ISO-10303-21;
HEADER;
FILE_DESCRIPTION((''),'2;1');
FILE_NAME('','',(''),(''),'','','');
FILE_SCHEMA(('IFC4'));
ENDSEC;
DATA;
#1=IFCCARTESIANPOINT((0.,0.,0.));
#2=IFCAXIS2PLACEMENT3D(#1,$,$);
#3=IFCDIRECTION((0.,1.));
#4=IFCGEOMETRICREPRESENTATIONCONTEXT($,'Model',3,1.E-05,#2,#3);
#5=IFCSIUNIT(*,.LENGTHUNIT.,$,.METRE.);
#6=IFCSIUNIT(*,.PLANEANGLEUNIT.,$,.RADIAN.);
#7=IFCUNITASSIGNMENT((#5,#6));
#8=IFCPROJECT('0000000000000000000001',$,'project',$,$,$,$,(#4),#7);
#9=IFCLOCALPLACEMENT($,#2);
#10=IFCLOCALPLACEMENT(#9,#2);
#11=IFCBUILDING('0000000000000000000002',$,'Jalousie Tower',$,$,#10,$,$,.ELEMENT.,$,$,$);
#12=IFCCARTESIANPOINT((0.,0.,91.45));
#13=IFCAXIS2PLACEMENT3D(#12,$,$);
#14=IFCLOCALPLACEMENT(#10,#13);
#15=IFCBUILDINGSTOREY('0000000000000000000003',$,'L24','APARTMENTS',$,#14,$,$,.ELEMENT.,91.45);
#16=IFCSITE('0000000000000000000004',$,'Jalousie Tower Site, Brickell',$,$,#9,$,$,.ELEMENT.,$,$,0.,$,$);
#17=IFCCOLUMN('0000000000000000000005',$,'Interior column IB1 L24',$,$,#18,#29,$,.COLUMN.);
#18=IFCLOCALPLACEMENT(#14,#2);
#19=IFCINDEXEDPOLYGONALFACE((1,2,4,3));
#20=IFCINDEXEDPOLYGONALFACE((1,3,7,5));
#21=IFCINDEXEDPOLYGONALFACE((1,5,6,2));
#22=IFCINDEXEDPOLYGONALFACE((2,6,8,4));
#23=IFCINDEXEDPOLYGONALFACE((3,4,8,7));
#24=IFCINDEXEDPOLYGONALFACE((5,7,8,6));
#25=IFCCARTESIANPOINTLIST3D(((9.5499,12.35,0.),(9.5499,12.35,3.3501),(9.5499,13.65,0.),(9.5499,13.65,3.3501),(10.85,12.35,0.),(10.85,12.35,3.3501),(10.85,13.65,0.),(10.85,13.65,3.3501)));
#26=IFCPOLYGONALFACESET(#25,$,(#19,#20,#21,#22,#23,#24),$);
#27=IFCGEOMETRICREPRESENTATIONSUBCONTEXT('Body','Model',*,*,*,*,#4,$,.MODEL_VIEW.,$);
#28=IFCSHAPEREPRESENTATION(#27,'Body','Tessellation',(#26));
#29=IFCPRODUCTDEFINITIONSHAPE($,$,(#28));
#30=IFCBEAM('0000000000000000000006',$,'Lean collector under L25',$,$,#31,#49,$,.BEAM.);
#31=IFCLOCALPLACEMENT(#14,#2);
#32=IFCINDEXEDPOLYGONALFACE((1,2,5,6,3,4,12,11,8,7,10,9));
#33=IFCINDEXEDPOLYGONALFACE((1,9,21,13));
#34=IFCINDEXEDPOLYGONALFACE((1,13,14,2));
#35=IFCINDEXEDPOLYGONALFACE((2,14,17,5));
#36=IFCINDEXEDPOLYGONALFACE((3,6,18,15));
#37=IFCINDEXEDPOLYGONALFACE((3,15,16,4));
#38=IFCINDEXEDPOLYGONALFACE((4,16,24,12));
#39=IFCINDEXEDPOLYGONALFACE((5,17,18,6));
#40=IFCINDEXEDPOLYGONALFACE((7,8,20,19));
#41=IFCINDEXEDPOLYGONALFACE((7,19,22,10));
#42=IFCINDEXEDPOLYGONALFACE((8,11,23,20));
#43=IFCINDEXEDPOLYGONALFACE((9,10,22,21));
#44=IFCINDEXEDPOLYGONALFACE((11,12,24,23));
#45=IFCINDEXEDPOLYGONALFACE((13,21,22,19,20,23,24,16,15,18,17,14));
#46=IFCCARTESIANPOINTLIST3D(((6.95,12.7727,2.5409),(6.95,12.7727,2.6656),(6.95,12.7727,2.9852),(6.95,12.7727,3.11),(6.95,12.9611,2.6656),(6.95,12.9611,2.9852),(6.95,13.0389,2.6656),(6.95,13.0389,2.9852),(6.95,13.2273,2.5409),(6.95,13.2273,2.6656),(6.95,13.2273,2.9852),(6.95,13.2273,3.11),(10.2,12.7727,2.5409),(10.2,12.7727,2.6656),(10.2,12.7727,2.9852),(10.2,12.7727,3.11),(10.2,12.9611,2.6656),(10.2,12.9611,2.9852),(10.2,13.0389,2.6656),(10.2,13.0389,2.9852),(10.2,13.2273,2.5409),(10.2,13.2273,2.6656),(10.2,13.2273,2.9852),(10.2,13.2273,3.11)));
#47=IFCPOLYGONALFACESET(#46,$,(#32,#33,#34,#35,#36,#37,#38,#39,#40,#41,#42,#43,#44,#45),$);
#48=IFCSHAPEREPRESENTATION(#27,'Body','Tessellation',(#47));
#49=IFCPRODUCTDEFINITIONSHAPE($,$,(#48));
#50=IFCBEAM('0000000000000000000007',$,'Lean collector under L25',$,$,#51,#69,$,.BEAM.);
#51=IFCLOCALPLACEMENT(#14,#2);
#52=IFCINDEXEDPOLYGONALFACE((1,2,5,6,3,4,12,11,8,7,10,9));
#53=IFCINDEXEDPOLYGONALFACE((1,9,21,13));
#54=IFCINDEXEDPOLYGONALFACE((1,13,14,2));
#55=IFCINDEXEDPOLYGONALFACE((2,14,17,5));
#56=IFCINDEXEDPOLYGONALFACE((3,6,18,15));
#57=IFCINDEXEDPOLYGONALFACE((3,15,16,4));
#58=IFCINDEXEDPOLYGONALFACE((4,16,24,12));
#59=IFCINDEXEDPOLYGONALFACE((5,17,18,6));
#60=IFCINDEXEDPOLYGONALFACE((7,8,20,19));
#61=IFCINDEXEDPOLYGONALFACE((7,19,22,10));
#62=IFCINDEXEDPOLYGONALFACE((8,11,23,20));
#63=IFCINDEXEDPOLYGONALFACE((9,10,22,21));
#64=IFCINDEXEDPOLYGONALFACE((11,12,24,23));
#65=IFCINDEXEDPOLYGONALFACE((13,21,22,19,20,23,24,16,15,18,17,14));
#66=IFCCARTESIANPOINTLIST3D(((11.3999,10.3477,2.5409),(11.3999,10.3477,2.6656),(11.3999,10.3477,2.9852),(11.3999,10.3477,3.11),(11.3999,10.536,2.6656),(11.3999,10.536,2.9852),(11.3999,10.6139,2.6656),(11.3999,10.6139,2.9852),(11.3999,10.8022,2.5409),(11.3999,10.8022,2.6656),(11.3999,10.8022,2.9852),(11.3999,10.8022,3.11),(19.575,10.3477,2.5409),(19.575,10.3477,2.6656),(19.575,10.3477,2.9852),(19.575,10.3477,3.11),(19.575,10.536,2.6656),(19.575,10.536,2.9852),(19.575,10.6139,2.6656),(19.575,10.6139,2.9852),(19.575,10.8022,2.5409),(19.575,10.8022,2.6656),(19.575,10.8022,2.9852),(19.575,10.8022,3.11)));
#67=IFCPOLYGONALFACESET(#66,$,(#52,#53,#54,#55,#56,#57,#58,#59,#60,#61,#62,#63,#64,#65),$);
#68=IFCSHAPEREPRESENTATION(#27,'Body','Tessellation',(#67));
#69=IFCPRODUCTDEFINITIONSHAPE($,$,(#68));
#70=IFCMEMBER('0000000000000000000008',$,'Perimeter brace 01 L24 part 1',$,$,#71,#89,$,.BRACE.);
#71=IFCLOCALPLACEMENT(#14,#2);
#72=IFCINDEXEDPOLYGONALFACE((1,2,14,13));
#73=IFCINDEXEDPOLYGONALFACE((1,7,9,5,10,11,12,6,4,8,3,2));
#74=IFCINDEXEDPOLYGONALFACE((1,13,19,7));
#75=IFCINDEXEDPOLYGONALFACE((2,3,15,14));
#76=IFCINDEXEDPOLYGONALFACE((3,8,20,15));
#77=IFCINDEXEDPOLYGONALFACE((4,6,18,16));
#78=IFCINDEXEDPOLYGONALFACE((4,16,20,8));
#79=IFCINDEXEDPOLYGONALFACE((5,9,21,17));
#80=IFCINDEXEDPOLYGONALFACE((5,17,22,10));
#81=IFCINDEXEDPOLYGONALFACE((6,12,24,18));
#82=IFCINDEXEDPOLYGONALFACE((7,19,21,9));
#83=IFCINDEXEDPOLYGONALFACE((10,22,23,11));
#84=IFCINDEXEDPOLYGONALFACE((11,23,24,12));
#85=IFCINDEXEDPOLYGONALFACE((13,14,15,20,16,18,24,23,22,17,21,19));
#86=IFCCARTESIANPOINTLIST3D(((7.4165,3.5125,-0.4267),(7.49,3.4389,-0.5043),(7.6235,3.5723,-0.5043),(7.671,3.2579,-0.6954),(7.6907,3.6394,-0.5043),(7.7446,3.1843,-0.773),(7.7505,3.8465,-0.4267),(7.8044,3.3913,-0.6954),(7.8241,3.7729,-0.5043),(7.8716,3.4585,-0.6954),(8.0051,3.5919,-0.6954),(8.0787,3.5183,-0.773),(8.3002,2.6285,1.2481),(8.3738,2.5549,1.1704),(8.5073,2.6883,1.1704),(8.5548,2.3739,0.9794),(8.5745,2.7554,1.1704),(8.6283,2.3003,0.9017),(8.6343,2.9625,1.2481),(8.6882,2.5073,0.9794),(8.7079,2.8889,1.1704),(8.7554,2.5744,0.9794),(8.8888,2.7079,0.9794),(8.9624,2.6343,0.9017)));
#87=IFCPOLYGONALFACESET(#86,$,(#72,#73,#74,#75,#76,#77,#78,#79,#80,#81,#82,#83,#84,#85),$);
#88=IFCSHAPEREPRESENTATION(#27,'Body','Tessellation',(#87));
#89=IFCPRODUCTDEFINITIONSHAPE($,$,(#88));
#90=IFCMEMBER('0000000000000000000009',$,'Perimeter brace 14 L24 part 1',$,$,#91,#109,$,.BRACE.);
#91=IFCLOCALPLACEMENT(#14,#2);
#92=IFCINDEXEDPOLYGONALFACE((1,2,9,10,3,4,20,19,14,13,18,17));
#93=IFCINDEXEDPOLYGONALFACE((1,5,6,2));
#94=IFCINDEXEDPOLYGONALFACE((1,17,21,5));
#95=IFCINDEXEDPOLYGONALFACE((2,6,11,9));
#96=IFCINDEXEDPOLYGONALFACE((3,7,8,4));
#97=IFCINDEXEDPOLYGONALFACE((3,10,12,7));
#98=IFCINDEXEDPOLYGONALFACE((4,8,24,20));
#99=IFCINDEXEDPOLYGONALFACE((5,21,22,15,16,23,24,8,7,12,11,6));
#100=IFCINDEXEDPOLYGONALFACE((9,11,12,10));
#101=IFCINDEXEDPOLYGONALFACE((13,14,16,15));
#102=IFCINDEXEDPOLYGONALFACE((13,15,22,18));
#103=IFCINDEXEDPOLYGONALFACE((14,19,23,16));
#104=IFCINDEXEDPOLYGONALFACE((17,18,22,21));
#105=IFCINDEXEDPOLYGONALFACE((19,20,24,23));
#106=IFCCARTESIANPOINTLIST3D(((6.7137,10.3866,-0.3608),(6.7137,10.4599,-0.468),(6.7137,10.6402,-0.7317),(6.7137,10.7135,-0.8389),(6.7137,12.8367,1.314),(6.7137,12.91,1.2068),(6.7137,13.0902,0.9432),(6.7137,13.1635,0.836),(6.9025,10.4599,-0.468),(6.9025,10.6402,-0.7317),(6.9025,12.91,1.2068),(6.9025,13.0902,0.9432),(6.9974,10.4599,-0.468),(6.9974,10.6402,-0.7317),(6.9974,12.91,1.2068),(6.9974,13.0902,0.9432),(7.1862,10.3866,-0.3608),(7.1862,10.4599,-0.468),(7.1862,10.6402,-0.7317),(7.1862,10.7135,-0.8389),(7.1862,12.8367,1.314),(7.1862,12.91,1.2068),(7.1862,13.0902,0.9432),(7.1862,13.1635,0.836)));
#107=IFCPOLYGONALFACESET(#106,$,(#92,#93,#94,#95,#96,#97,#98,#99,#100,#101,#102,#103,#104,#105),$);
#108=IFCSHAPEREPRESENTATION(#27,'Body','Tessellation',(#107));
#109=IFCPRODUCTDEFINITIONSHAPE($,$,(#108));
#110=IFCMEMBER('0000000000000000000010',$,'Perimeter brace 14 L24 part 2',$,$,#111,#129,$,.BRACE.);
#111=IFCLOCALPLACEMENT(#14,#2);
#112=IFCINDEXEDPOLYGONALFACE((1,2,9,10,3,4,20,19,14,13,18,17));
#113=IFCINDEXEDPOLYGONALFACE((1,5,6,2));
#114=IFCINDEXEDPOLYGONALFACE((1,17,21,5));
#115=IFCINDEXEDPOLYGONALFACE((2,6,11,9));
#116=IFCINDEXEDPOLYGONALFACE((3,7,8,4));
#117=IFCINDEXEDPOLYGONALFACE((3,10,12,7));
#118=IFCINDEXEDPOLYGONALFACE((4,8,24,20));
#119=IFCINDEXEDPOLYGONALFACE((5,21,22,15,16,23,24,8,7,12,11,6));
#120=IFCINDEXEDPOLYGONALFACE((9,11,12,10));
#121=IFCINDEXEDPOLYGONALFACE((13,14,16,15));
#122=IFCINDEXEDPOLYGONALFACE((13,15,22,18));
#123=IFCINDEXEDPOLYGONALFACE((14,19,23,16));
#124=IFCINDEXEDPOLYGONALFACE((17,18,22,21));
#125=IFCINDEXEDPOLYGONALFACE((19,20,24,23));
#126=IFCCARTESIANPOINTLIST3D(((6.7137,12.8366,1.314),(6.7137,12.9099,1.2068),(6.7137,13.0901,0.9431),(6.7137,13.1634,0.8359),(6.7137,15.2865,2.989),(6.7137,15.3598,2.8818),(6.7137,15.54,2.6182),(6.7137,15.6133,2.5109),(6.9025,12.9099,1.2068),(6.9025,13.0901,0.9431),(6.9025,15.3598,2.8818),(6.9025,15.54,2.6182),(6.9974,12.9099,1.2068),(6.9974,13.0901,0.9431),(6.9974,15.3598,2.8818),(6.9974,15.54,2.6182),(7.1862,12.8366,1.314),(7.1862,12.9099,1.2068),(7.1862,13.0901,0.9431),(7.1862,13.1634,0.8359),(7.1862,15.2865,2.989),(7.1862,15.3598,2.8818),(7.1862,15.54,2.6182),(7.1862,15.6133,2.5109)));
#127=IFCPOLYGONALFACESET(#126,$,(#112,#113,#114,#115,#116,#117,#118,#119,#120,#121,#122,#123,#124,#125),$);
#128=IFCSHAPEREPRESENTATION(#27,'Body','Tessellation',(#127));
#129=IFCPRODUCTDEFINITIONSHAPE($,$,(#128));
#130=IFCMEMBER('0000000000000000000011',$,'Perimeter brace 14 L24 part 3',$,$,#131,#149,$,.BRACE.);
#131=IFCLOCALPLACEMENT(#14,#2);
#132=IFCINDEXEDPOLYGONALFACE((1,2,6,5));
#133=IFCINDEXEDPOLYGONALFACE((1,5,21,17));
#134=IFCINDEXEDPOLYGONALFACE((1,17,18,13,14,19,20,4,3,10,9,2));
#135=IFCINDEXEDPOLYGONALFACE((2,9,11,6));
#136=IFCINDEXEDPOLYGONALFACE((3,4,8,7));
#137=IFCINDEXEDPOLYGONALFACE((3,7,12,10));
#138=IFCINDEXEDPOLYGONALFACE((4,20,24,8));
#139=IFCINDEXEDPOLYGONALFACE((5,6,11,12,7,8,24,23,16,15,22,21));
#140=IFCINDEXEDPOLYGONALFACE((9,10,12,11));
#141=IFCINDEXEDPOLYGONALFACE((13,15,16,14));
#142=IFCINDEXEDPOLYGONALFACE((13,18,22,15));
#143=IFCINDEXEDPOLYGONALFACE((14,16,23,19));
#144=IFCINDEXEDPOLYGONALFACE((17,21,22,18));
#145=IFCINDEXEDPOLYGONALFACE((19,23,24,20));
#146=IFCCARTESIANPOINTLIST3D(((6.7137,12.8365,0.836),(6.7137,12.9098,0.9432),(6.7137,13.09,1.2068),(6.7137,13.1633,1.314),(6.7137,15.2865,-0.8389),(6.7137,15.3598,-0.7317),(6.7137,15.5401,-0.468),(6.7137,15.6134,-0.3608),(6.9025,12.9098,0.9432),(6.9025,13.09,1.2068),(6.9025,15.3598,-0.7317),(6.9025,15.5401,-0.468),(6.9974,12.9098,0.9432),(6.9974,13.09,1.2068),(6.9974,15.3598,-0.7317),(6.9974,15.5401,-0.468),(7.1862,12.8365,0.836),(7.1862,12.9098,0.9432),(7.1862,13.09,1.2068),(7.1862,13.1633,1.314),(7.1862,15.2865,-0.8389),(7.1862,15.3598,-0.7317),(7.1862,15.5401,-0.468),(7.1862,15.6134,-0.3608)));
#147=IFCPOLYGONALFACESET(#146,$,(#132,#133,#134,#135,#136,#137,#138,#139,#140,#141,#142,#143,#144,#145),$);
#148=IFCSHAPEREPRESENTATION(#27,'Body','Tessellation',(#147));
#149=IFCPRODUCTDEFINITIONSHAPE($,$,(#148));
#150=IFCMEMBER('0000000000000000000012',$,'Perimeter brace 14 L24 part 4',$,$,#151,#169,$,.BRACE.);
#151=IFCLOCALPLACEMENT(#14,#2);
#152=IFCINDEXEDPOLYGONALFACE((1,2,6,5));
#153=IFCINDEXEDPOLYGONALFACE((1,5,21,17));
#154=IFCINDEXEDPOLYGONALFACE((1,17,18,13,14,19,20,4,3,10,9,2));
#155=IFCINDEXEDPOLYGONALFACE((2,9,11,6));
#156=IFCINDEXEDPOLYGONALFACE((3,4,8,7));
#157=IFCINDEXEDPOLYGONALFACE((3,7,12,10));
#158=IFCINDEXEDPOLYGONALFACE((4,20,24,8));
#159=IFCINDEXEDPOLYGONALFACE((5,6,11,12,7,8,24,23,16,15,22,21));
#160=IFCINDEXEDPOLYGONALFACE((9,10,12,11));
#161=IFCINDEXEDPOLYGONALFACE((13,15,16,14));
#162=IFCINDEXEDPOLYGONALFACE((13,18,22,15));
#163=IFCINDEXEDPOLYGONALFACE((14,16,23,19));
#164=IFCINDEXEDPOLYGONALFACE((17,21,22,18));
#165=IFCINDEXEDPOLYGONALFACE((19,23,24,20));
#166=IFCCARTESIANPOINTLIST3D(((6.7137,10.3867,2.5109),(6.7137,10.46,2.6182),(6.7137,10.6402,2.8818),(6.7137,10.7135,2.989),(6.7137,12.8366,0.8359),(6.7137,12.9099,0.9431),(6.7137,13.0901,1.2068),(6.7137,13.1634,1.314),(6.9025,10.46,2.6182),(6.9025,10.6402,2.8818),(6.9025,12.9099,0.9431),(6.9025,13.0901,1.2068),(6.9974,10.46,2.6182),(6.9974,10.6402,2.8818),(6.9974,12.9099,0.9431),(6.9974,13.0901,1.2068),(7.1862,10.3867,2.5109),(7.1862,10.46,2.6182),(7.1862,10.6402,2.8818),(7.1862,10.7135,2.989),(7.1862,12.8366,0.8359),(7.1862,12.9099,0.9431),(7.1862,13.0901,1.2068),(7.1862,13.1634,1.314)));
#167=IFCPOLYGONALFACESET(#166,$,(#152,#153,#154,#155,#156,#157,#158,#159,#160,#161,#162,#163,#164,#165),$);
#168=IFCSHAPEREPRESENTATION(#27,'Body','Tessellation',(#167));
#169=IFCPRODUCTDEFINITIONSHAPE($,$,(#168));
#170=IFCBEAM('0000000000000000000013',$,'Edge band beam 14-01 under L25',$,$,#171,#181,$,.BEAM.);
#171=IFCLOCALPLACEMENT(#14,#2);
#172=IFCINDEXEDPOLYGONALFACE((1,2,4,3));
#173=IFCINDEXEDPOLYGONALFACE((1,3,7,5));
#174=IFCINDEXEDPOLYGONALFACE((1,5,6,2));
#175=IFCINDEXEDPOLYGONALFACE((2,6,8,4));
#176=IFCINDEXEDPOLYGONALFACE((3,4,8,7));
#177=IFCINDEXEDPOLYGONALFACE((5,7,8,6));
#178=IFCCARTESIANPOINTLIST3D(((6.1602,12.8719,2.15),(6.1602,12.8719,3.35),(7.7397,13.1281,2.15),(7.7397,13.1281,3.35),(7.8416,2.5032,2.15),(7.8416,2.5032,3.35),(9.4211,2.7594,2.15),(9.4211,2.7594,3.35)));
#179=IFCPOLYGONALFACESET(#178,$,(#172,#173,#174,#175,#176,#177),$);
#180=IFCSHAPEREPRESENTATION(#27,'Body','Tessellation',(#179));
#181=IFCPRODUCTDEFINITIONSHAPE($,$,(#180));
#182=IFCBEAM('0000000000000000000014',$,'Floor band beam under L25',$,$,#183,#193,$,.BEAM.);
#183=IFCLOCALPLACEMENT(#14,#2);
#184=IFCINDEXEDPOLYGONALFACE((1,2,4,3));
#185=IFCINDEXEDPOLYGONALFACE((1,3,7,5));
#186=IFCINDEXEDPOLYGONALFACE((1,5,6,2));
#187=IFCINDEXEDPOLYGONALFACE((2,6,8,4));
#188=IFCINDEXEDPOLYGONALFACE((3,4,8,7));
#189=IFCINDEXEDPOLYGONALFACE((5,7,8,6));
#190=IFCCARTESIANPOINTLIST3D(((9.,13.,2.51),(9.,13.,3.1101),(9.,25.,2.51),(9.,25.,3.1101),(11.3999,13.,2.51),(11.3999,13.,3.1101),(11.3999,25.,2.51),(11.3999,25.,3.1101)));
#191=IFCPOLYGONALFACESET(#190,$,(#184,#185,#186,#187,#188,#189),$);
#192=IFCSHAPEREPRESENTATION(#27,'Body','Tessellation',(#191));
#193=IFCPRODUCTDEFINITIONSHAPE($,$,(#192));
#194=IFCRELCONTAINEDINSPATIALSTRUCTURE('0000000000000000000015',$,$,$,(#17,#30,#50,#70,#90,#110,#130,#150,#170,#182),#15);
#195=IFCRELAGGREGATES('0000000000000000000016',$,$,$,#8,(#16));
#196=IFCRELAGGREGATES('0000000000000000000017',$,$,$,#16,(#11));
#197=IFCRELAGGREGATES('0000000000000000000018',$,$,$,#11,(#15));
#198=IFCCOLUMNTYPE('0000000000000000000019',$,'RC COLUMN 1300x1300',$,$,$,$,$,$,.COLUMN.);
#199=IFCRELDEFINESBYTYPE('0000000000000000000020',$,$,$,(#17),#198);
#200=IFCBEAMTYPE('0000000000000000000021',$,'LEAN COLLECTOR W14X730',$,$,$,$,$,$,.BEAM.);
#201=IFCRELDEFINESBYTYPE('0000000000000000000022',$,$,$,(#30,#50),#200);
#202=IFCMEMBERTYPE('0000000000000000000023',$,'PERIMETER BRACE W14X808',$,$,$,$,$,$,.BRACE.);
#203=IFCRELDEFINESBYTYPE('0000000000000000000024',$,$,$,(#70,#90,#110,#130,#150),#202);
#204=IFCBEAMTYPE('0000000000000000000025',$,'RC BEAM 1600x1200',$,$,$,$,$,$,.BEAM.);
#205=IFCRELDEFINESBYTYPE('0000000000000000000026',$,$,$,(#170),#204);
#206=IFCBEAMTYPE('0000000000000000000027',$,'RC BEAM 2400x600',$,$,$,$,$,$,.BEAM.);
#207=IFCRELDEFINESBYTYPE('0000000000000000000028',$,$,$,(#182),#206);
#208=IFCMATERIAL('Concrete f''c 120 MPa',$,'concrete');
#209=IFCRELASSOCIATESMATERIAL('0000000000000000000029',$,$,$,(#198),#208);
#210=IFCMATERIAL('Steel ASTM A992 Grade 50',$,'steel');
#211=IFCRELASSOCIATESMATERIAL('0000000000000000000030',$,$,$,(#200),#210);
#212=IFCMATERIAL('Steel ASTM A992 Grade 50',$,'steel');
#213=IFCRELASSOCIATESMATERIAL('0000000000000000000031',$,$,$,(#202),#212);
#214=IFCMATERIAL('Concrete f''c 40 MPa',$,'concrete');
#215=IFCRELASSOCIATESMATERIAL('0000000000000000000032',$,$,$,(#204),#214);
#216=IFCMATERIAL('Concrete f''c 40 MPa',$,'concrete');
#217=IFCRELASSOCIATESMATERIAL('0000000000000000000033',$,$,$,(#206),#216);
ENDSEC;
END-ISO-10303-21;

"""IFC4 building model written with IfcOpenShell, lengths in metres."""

from ifc_helpers import new_model, si_unit, direction, frame, origin, origin_2d, place, context, subcontext, project, spatial, rectangle, i_section, extrude, material, material_profile, profile_set, type_object, element, save


model = new_model("IFC4")

# Units and contexts
model_context = context("Model", 3, precision=1e-05, world=origin(), true_north=direction((0.0, 1.0)))
body_context = subcontext(model_context, "Body", "Model", "MODEL_VIEW")
ifc_project = project(units=[si_unit("LENGTHUNIT", "METRE"), si_unit("PLANEANGLEUNIT", "RADIAN")], contexts=[model_context])

# Site, building, storey
site_placement = place(None, origin())
site = spatial("IfcSite", under=ifc_project, at=site_placement, Name="Jalousie Tower Site, Brickell", CompositionType="ELEMENT", RefElevation=0.0)
building_placement = place(site_placement, origin())
building = spatial("IfcBuilding", under=site, at=building_placement, Name="Jalousie Tower", CompositionType="ELEMENT")
storey_placement = place(building_placement, frame((0.0, 0.0, 91.45)))
storey = spatial("IfcBuildingStorey", under=building, at=storey_placement, Name="L24", Description="APARTMENTS", CompositionType="ELEMENT", Elevation=91.45)

# Column
ifc_material_1 = material(Name="Concrete f'c 120 MPa", Category="concrete")
ifc_material_profile_1 = material_profile(ifc_material_1, rectangle(XDim=1.3, YDim=1.3, at=origin_2d()), Name="RC 1300x1300")
ifc_profile_set_1 = profile_set([ifc_material_profile_1], Name="Concrete f'c 120 MPa")
column_type = type_object("IfcColumnType", Name="RC COLUMN 1300x1300", PredefinedType="COLUMN", material=ifc_profile_set_1)
column_placement = place(storey_placement, frame((10.2, 13.0, 0.0), z_axis=(0.0, 0.0, 1.0), x_axis=(1.0, 0.0, 0.0)))
element("IfcColumn", 1, at=column_placement, inside=storey, type_object=column_type, Name="Interior column IB1 L24", PredefinedType="COLUMN", context=body_context, shape_type="SweptSolid", body=[
    extrude(rectangle(XDim=1.3, YDim=1.3, at=origin_2d()), origin(), (0.0, 0.0, 1.0), 3.3501),
])

# Beams
ifc_material_2 = material(Name="Steel ASTM A992 Grade 50", Category="steel")
ifc_material_profile_2 = material_profile(ifc_material_2, i_section(OverallWidth=0.4546, OverallDepth=0.5691, WebThickness=0.0779, FlangeThickness=0.1248, at=origin_2d()), Name="W14X730")
ifc_profile_set_2 = profile_set([ifc_material_profile_2], Name="Steel ASTM A992 Grade 50")
beam_type_1 = type_object("IfcBeamType", Name="LEAN COLLECTOR W14X730", PredefinedType="BEAM", material=ifc_profile_set_2)
beam_1_placement = place(storey_placement, frame((6.95, 13.0, 2.8254), z_axis=(1.0, 0.0, 0.0), x_axis=(0.0, 1.0, 0.0)))
element("IfcBeam", 2, at=beam_1_placement, inside=storey, type_object=beam_type_1, Name="Lean collector under L25", PredefinedType="BEAM", context=body_context, shape_type="SweptSolid", body=[
    extrude(i_section(OverallWidth=0.4546, OverallDepth=0.5691, WebThickness=0.0779, FlangeThickness=0.1248, at=origin_2d()), origin(), (0.0, 0.0, 1.0), 3.25),
])
beam_2_placement = place(storey_placement, frame((11.3999, 10.575, 2.8254), z_axis=(1.0, 0.0, 0.0), x_axis=(0.0, 1.0, 0.0)))
element("IfcBeam", 3, at=beam_2_placement, inside=storey, type_object=beam_type_1, Name="Lean collector under L25", PredefinedType="BEAM", context=body_context, shape_type="SweptSolid", body=[
    extrude(i_section(OverallWidth=0.4546, OverallDepth=0.5691, WebThickness=0.0779, FlangeThickness=0.1248, at=origin_2d()), origin(), (0.0, 0.0, 1.0), 8.175),
])

# Members
ifc_material_3 = material(Name="Steel ASTM A992 Grade 50", Category="steel")
ifc_material_profile_3 = material_profile(ifc_material_3, i_section(OverallWidth=0.4724, OverallDepth=0.5791, WebThickness=0.095, FlangeThickness=0.1299, at=origin_2d()), Name="W14X808")
ifc_profile_set_3 = profile_set([ifc_material_profile_3], Name="Steel ASTM A992 Grade 50")
member_type_1 = type_object("IfcMemberType", Name="PERIMETER BRACE W14X808", PredefinedType="BRACE", material=ifc_profile_set_3)
member_1_placement = place(storey_placement, frame((7.7476, 3.5154, -0.5999), z_axis=(0.422891, -0.423008, 0.801391), x_axis=(0.707204, 0.707009, 0.0)))
element("IfcMember", 4, at=member_1_placement, inside=storey, type_object=member_type_1, Name="Perimeter brace 01 L24 part 1", PredefinedType="BRACE", context=body_context, shape_type="SweptSolid", body=[
    extrude(i_section(OverallWidth=0.4724, OverallDepth=0.5791, WebThickness=0.095, FlangeThickness=0.1299, at=origin_2d()), origin(), (0.0, 0.0, 1.0), 2.0898),
])
for number, where, z_axis, x_axis, name in (
    (5, (6.95, 10.55, -0.5999), (0.0, 0.825539, 0.564345), (-1.0, 0.0, 0.0), "Perimeter brace 14 L24 part 1"),
    (6, (6.95, 13.0, 1.075), (0.0, 0.825501, 0.564401), (-1.0, 0.0, 0.0), "Perimeter brace 14 L24 part 2"),
    (7, (6.95, 15.45, -0.5999), (0.0, -0.825539, 0.564345), (1.0, 0.0, 0.0), "Perimeter brace 14 L24 part 3"),
    (8, (6.95, 13.0, 1.075), (0.0, -0.825501, 0.564401), (1.0, 0.0, 0.0), "Perimeter brace 14 L24 part 4"),
):
    element("IfcMember", number, at=place(storey_placement, frame(where, z_axis=z_axis, x_axis=x_axis)), inside=storey, type_object=member_type_1, Name=name, PredefinedType="BRACE", context=body_context, shape_type="SweptSolid", body=[
        extrude(i_section(OverallWidth=0.4724, OverallDepth=0.5791, WebThickness=0.095, FlangeThickness=0.1299, at=origin_2d()), origin(), (0.0, 0.0, 1.0), 2.9678),
    ])

# Beams
ifc_material_4 = material(Name="Concrete f'c 40 MPa", Category="concrete")
ifc_material_profile_4 = material_profile(ifc_material_4, rectangle(XDim=1.6001, YDim=1.2, at=origin_2d()), Name="RC 1600x1200")
ifc_profile_set_4 = profile_set([ifc_material_profile_4], Name="Concrete f'c 40 MPa")
beam_type_2 = type_object("IfcBeamType", Name="RC BEAM 1600x1200", PredefinedType="BEAM", material=ifc_profile_set_4)
beam_3_placement = place(storey_placement, frame((6.95, 13.0, 2.75), z_axis=(0.160071, -0.987106, 0.0), x_axis=(0.987106, 0.160071, 0.0)))
element("IfcBeam", 9, at=beam_3_placement, inside=storey, type_object=beam_type_2, Name="Edge band beam 14-01 under L25", PredefinedType="BEAM", context=body_context, shape_type="SweptSolid", body=[
    extrude(rectangle(XDim=1.6001, YDim=1.2, at=origin_2d()), origin(), (0.0, 0.0, 1.0), 10.5042),
])
ifc_material_5 = material(Name="Concrete f'c 40 MPa", Category="concrete")
ifc_material_profile_5 = material_profile(ifc_material_5, rectangle(XDim=2.3999, YDim=0.6001, at=origin_2d()), Name="RC 2400x600")
ifc_profile_set_5 = profile_set([ifc_material_profile_5], Name="Concrete f'c 40 MPa")
beam_type_3 = type_object("IfcBeamType", Name="RC BEAM 2400x600", PredefinedType="BEAM", material=ifc_profile_set_5)
beam_4_placement = place(storey_placement, frame((10.2, 13.0, 2.8101), z_axis=(0.0, 1.0, 0.0), x_axis=(-1.0, 0.0, 0.0)))
element("IfcBeam", 10, at=beam_4_placement, inside=storey, type_object=beam_type_3, Name="Floor band beam under L25", PredefinedType="BEAM", context=body_context, shape_type="SweptSolid", body=[
    extrude(rectangle(XDim=2.3999, YDim=0.6001, at=origin_2d()), origin(), (0.0, 0.0, 1.0), 12.0),
])

save(model, "model.ifc")
